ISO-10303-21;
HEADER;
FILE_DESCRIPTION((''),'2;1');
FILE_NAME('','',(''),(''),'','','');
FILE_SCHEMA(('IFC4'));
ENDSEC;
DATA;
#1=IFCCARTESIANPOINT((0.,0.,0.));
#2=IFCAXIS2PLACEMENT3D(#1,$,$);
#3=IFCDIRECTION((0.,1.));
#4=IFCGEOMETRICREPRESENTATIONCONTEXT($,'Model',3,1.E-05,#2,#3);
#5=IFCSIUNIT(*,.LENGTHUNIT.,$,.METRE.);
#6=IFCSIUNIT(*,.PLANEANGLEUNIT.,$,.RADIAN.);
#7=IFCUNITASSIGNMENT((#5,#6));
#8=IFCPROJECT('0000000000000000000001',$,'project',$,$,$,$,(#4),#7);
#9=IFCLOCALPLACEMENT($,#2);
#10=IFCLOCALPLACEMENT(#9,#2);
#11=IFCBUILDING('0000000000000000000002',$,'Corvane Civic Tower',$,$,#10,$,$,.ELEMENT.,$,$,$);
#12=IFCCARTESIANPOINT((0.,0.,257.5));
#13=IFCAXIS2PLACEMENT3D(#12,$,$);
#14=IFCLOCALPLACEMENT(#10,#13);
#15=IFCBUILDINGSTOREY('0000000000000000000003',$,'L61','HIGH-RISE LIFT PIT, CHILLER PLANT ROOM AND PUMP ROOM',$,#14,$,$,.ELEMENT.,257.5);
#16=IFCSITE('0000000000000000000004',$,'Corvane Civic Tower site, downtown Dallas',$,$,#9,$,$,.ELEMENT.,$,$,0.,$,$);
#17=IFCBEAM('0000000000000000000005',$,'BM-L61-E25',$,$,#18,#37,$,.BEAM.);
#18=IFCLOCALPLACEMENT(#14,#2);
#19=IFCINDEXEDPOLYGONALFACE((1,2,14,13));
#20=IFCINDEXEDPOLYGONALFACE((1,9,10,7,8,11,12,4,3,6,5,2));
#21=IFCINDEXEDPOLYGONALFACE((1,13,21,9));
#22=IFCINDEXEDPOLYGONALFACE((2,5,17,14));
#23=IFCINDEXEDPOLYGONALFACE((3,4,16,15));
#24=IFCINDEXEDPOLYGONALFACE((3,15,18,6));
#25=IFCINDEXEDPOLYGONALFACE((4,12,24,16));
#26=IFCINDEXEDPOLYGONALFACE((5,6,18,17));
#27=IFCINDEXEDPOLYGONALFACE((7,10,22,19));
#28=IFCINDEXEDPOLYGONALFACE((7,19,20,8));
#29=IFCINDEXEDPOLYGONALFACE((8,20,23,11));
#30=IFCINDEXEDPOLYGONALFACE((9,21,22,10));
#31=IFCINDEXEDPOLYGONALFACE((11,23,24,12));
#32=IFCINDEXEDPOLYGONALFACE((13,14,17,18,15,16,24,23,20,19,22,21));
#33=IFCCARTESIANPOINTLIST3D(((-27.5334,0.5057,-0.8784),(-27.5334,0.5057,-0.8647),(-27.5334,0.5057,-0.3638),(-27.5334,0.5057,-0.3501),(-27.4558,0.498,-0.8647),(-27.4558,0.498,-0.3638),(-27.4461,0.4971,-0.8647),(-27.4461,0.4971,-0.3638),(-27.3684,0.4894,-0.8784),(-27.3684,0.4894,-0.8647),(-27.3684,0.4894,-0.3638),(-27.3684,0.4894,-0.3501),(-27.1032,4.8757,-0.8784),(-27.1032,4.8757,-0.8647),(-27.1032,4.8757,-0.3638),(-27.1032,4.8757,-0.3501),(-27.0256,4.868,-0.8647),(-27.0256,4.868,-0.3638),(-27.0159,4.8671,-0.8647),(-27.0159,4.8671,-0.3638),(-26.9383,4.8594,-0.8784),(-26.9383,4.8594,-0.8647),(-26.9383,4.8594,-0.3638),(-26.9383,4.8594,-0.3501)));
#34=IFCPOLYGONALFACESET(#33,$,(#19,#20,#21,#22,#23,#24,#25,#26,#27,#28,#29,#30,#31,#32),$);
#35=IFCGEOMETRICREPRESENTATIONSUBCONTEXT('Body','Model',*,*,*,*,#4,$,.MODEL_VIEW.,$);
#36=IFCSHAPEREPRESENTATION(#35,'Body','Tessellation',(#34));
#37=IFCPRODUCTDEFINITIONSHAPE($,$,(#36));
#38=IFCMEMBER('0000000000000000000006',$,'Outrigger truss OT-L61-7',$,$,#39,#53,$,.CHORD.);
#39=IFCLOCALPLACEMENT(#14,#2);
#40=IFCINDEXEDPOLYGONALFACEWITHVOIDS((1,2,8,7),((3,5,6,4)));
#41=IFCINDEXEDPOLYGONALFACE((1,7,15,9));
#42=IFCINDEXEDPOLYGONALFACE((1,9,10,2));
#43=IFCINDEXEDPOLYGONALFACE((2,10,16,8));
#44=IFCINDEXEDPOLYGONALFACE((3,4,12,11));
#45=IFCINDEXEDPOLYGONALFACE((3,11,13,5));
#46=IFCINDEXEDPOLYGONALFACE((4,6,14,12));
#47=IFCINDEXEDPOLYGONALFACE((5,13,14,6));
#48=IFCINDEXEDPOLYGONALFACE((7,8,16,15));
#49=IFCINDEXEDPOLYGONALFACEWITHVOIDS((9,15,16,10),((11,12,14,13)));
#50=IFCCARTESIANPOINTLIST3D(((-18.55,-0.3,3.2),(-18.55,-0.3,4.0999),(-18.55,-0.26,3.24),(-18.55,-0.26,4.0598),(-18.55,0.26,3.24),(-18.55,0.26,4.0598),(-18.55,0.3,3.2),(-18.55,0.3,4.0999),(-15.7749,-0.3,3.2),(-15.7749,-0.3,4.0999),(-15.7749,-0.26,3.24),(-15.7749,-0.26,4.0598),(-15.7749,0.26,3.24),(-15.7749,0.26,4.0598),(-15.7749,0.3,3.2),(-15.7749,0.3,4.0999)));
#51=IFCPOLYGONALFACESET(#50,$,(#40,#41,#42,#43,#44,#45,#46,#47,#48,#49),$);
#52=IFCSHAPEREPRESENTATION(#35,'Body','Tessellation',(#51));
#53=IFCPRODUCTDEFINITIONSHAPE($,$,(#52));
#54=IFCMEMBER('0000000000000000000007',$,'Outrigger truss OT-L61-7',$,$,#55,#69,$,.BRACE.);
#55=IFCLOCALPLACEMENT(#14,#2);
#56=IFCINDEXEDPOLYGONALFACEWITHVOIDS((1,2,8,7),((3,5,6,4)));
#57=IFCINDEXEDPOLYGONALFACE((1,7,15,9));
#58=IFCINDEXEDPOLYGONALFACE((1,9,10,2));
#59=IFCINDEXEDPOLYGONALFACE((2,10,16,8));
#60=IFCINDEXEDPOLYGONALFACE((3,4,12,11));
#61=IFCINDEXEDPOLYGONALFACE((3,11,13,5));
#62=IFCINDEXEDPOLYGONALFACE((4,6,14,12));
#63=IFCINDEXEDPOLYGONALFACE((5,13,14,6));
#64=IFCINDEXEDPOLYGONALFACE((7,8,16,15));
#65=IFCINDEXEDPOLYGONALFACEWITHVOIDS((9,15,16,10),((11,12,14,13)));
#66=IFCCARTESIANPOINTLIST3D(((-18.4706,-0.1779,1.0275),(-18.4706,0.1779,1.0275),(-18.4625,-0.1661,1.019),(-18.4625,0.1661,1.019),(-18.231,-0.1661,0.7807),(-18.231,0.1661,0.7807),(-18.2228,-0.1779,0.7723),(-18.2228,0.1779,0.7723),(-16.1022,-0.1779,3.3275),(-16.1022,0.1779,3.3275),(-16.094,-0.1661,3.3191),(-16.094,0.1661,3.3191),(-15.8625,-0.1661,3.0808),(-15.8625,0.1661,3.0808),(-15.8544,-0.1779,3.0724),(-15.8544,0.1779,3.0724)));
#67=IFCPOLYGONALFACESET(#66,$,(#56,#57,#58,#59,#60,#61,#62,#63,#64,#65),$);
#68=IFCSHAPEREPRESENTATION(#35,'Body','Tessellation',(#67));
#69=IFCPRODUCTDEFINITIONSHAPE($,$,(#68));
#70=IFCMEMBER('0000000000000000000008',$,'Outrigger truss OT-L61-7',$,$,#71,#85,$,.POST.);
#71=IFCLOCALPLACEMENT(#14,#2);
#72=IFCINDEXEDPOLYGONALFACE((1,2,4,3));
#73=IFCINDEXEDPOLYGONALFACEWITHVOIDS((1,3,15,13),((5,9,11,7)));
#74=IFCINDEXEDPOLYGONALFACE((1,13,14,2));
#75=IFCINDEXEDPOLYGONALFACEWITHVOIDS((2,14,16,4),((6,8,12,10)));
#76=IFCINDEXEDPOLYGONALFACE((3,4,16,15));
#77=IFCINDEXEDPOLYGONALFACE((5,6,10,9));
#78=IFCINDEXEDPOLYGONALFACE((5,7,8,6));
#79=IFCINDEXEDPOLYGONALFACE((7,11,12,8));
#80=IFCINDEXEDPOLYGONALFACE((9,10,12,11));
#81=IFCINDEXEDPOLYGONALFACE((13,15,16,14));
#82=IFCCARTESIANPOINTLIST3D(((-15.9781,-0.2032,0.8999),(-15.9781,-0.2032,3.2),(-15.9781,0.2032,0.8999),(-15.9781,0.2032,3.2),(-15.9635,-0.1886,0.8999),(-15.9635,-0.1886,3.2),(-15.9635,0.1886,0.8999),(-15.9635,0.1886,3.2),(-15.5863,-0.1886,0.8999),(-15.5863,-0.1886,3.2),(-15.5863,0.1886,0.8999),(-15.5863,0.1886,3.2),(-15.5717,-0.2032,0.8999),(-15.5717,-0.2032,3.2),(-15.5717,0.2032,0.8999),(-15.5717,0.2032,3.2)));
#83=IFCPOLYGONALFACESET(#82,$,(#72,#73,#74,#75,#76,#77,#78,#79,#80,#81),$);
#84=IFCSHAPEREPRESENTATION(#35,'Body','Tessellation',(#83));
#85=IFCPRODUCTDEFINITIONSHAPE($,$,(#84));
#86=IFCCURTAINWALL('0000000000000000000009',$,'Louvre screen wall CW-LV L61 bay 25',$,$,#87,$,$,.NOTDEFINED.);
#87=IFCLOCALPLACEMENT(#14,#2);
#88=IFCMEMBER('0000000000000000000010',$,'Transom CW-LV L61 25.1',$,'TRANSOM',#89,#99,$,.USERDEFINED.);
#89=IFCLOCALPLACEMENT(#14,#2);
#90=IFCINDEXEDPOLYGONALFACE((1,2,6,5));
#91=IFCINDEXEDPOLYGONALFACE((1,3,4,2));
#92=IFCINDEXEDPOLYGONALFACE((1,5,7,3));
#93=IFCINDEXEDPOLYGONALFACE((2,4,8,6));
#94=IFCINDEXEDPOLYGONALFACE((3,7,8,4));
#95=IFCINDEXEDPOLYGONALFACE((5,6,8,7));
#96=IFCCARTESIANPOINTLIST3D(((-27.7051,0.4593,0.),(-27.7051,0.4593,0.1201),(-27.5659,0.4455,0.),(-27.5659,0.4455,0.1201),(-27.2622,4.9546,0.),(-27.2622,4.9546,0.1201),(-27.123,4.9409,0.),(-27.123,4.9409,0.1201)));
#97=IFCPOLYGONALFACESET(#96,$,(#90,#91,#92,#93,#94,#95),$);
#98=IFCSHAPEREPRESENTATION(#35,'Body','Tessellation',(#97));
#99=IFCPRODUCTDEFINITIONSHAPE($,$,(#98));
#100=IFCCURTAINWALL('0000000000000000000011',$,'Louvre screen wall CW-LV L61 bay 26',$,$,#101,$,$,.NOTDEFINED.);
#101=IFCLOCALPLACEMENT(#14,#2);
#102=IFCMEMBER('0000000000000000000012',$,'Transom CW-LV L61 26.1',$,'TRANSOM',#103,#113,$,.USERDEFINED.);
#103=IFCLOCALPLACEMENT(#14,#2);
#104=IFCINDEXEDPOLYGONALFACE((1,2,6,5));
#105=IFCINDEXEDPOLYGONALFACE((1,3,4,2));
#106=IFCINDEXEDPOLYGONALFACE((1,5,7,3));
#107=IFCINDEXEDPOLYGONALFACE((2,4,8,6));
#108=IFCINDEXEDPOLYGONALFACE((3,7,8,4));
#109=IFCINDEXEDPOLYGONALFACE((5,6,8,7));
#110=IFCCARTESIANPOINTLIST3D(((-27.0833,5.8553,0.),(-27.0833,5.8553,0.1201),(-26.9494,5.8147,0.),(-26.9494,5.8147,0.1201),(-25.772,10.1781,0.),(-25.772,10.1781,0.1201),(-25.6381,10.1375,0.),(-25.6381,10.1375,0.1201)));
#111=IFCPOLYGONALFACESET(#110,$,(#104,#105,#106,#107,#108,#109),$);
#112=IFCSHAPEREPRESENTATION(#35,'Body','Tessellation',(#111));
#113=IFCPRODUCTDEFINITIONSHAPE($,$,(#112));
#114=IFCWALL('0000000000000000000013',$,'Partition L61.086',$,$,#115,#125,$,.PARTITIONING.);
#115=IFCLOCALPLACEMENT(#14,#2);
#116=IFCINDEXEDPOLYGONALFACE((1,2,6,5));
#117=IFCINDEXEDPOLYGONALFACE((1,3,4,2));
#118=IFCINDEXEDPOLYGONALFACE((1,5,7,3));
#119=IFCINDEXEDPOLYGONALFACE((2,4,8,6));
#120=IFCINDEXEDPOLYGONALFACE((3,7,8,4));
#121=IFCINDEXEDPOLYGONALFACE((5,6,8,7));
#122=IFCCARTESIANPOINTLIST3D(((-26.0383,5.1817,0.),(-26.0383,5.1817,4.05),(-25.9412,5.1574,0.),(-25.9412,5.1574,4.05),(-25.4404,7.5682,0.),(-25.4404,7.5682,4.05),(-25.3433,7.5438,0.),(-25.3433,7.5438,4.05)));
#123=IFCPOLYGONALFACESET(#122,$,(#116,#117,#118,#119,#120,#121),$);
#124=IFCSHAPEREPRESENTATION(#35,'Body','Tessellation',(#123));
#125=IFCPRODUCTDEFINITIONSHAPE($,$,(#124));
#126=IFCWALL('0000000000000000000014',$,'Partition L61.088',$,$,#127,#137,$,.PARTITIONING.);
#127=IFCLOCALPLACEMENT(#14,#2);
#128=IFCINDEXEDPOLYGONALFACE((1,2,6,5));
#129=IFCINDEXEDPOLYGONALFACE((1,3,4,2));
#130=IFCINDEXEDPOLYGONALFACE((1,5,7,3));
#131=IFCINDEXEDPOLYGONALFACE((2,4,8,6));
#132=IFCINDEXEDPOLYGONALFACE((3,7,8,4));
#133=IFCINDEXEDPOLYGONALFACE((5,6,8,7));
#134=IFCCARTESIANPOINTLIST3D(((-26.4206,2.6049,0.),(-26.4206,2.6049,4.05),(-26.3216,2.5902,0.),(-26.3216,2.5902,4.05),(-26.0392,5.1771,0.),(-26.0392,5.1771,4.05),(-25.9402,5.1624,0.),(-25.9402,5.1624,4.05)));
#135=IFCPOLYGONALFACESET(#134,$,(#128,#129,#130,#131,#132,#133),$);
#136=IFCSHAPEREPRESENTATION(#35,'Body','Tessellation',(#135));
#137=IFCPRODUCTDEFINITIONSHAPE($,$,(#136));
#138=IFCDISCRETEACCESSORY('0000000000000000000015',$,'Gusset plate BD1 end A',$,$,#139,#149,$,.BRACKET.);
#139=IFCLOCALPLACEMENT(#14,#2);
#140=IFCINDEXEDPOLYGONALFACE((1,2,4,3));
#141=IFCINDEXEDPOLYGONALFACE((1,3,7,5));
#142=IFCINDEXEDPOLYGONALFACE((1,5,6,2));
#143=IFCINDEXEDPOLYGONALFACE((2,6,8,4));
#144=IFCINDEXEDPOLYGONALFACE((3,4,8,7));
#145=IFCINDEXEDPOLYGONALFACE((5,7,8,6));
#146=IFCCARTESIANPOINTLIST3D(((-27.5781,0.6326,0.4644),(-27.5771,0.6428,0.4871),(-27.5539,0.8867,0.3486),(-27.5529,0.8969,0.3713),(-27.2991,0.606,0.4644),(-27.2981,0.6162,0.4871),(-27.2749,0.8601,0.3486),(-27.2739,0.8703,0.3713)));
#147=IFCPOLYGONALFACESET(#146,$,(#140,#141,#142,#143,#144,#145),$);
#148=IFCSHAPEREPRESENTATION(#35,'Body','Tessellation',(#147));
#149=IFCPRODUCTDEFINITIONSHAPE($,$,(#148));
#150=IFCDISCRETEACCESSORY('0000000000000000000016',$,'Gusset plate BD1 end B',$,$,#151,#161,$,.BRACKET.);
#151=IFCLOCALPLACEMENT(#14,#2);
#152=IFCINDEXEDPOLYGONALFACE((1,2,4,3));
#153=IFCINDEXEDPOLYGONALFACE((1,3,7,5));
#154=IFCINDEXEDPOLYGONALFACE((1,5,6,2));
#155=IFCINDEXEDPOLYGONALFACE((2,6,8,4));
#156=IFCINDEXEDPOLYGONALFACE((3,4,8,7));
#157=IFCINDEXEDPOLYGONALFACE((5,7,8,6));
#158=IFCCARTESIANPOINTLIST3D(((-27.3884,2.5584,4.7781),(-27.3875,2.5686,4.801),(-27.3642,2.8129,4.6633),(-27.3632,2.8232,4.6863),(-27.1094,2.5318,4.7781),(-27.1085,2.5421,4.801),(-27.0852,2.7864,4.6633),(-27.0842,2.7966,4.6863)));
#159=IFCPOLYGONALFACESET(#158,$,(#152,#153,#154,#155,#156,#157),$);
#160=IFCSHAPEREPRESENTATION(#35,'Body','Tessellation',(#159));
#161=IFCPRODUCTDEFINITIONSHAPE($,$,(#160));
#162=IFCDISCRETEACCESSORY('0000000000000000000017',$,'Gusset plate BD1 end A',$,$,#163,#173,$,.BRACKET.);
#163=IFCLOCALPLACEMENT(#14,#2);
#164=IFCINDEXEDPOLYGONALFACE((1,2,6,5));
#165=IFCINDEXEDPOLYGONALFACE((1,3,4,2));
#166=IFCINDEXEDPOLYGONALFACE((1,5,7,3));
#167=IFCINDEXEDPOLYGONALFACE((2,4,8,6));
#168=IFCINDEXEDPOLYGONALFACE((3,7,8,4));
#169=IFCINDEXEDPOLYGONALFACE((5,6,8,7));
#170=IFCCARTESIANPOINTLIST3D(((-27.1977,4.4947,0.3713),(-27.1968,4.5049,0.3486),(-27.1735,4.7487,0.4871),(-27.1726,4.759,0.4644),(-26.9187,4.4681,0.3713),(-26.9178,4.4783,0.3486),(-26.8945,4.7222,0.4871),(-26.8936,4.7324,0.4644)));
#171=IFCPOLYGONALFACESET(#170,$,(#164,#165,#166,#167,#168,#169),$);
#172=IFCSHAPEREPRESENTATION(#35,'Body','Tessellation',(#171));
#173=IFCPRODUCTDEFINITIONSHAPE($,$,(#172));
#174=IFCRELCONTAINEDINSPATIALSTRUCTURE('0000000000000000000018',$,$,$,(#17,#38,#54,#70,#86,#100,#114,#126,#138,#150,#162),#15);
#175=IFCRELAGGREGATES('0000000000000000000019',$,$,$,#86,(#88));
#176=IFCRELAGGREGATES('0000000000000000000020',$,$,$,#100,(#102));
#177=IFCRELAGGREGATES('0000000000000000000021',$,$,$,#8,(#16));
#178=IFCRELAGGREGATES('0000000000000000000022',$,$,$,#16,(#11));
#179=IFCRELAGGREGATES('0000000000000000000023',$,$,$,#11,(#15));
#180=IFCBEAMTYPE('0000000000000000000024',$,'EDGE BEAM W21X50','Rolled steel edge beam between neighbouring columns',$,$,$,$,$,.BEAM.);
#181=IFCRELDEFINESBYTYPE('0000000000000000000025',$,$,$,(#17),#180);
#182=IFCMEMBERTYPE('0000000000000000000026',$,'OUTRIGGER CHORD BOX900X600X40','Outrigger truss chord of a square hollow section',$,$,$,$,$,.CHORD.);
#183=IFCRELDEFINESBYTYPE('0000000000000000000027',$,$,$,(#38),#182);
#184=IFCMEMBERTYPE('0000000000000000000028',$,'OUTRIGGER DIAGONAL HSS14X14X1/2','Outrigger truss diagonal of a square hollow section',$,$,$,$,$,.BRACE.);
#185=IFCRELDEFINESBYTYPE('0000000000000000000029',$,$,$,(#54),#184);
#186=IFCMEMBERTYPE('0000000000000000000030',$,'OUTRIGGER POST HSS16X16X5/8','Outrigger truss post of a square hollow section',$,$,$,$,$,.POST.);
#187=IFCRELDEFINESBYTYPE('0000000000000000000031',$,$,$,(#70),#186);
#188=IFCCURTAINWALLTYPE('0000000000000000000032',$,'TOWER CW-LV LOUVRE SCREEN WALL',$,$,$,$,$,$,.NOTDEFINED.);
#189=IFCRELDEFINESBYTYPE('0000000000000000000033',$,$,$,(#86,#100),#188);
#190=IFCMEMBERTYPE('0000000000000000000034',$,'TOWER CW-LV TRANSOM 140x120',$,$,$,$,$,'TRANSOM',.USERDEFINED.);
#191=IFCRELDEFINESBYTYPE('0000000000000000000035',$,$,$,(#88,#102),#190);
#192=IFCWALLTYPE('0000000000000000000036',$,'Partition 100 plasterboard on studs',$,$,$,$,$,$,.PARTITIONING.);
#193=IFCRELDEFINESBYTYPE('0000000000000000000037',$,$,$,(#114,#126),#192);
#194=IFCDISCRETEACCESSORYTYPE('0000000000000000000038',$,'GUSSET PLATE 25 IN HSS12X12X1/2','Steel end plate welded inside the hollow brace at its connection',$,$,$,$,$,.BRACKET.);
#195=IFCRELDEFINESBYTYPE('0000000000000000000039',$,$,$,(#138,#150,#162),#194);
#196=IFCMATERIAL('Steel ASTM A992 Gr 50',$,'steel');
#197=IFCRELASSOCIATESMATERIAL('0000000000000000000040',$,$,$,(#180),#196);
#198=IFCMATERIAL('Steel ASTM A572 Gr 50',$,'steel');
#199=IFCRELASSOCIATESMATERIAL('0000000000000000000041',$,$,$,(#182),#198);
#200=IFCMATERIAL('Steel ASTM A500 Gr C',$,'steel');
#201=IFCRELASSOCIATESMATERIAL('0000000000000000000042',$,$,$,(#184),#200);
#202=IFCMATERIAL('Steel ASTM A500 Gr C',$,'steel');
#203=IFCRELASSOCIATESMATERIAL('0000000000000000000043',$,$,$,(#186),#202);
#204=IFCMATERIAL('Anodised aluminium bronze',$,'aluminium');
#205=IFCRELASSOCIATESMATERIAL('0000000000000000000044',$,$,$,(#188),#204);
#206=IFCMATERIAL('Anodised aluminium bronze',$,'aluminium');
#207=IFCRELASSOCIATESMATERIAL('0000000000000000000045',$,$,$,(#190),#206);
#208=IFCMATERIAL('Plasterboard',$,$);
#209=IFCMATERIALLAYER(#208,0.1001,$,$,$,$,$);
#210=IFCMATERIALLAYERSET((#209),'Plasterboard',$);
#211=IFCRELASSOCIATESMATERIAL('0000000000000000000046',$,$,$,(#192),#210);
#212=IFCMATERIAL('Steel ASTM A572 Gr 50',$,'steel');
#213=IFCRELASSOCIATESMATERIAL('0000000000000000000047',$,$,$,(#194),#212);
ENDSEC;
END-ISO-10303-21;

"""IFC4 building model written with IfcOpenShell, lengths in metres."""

from ifc_helpers import new_model, si_unit, direction, frame, frame_2d, origin, origin_2d, place, context, subcontext, project, spatial, rectangle, hollow_rectangle, i_section, extrude, material, layer, layer_set, material_profile, profile_set, type_object, element, aggregate, save


model = new_model("IFC4")

# Units and contexts
model_context = context("Model", 3, precision=1e-05, world=origin(), true_north=direction((0.0, 1.0)))
body_context = subcontext(model_context, "Body", "Model", "MODEL_VIEW")
ifc_project = project(units=[si_unit("LENGTHUNIT", "METRE"), si_unit("PLANEANGLEUNIT", "RADIAN")], contexts=[model_context])

# Site, building, storey
site_placement = place(None, origin())
site = spatial("IfcSite", under=ifc_project, at=site_placement, Name="Corvane Civic Tower site, downtown Dallas", CompositionType="ELEMENT", RefElevation=0.0)
building_placement = place(site_placement, origin())
building = spatial("IfcBuilding", under=site, at=building_placement, Name="Corvane Civic Tower", CompositionType="ELEMENT")
storey_placement = place(building_placement, frame((0.0, 0.0, 257.5)))
storey = spatial("IfcBuildingStorey", under=building, at=storey_placement, Name="L61", Description="HIGH-RISE LIFT PIT, CHILLER PLANT ROOM AND PUMP ROOM", CompositionType="ELEMENT", Elevation=257.5)

# Beam
ifc_material_1 = material(Name="Steel ASTM A992 Gr 50", Category="steel")
ifc_material_profile_1 = material_profile(ifc_material_1, i_section(OverallWidth=0.1658, OverallDepth=0.5283, WebThickness=0.0098, FlangeThickness=0.0137, at=origin_2d()), Name="W21X50")
ifc_profile_set_1 = profile_set([ifc_material_profile_1], Name="Steel ASTM A992 Gr 50")
beam_type = type_object("IfcBeamType", Name="EDGE BEAM W21X50", Description="Rolled steel edge beam between neighbouring columns", PredefinedType="BEAM", material=ifc_profile_set_1)
beam_placement = place(storey_placement, frame((-27.4509, 0.4976, -0.6143), z_axis=(0.097968, 0.99519, 0.0), x_axis=(-0.99519, 0.097968, 0.0)))
element("IfcBeam", 1, at=beam_placement, inside=storey, type_object=beam_type, Name="BM-L61-E25", PredefinedType="BEAM", context=body_context, shape_type="SweptSolid", body=[
    extrude(i_section(OverallWidth=0.1658, OverallDepth=0.5283, WebThickness=0.0098, FlangeThickness=0.0137, at=origin_2d()), origin(), (0.0, 0.0, 1.0), 4.3911),
])

# Members
ifc_material_2 = material(Name="Steel ASTM A572 Gr 50", Category="steel")
ifc_material_profile_2 = material_profile(ifc_material_2, hollow_rectangle(XDim=0.6001, YDim=0.8999, WallThickness=0.04, at=origin_2d()), Name="BOX900X600X40")
ifc_profile_set_2 = profile_set([ifc_material_profile_2], Name="Steel ASTM A572 Gr 50")
member_type_1 = type_object("IfcMemberType", Name="OUTRIGGER CHORD BOX900X600X40", Description="Outrigger truss chord of a square hollow section", PredefinedType="CHORD", material=ifc_profile_set_2)
member_1_placement = place(storey_placement, frame((-15.7749, 0.0, 3.6499), z_axis=(-1.0, 0.0, 0.0), x_axis=(0.0, -1.0, 0.0)))
element("IfcMember", 2, at=member_1_placement, inside=storey, type_object=member_type_1, Name="Outrigger truss OT-L61-7", PredefinedType="CHORD", context=body_context, shape_type="SweptSolid", body=[
    extrude(hollow_rectangle(XDim=0.6001, YDim=0.8999, WallThickness=0.04, at=origin_2d()), origin(), (0.0, 0.0, 1.0), 2.7751),
])
ifc_material_3 = material(Name="Steel ASTM A500 Gr C", Category="steel")
ifc_material_profile_3 = material_profile(ifc_material_3, hollow_rectangle(XDim=0.3557, YDim=0.3557, WallThickness=0.0117, at=origin_2d()), Name="HSS14X14X1/2")
ifc_profile_set_3 = profile_set([ifc_material_profile_3], Name="Steel ASTM A500 Gr C")
member_type_2 = type_object("IfcMemberType", Name="OUTRIGGER DIAGONAL HSS14X14X1/2", Description="Outrigger truss diagonal of a square hollow section", PredefinedType="BRACE", material=ifc_profile_set_3)
member_2_placement = place(storey_placement, frame((-15.9783, 0.0, 3.2), z_axis=(-0.717384, 0.0, -0.696678), x_axis=(0.0, -1.0, 0.0)))
element("IfcMember", 3, at=member_2_placement, inside=storey, type_object=member_type_2, Name="Outrigger truss OT-L61-7", PredefinedType="BRACE", context=body_context, shape_type="SweptSolid", body=[
    extrude(hollow_rectangle(XDim=0.3557, YDim=0.3557, WallThickness=0.0117, at=origin_2d()), origin(), (0.0, 0.0, 1.0), 3.3015),
])
ifc_material_4 = material(Name="Steel ASTM A500 Gr C", Category="steel")
ifc_material_profile_4 = material_profile(ifc_material_4, hollow_rectangle(XDim=0.4065, YDim=0.4065, WallThickness=0.0146, at=origin_2d()), Name="HSS16X16X5/8")
ifc_profile_set_4 = profile_set([ifc_material_profile_4], Name="Steel ASTM A500 Gr C")
member_type_3 = type_object("IfcMemberType", Name="OUTRIGGER POST HSS16X16X5/8", Description="Outrigger truss post of a square hollow section", PredefinedType="POST", material=ifc_profile_set_4)
member_3_placement = place(storey_placement, frame((-15.7749, 0.0, 0.8999), z_axis=(0.0, 0.0, 1.0), x_axis=(1.0, 0.0, 0.0)))
element("IfcMember", 4, at=member_3_placement, inside=storey, type_object=member_type_3, Name="Outrigger truss OT-L61-7", PredefinedType="POST", context=body_context, shape_type="SweptSolid", body=[
    extrude(hollow_rectangle(XDim=0.4065, YDim=0.4065, WallThickness=0.0146, at=origin_2d()), origin(), (0.0, 0.0, 1.0), 2.3),
])

# Curtain walls, members
ifc_material_5 = material(Name="Anodised aluminium bronze", Category="aluminium")
curtain_wall_type = type_object("IfcCurtainWallType", Name="TOWER CW-LV LOUVRE SCREEN WALL", PredefinedType="NOTDEFINED", material=ifc_material_5)
curtain_wall_1_placement = place(storey_placement, origin())
curtain_wall_1 = element("IfcCurtainWall", 5, at=curtain_wall_1_placement, inside=storey, type_object=curtain_wall_type, Name="Louvre screen wall CW-LV L61 bay 25", PredefinedType="NOTDEFINED")
ifc_material_6 = material(Name="Anodised aluminium bronze", Category="aluminium")
ifc_material_profile_5 = material_profile(ifc_material_6, rectangle(XDim=0.1399, YDim=0.1201, at=origin_2d()), Name="TOWER CW-LV TRANSOM 140x120")
ifc_profile_set_5 = profile_set([ifc_material_profile_5], Name="Anodised aluminium bronze")
member_type_4 = type_object("IfcMemberType", Name="TOWER CW-LV TRANSOM 140x120", ElementType="TRANSOM", PredefinedType="USERDEFINED", material=ifc_profile_set_5)
member_4_placement = place(storey_placement, frame((-27.6355, 0.4524, 0.0601), z_axis=(0.098043, 0.995182, 0.0), x_axis=(-0.995182, 0.098043, 0.0)))
member_4 = element("IfcMember", 6, at=member_4_placement, type_object=member_type_4, Name="Transom CW-LV L61 25.1", ObjectType="TRANSOM", PredefinedType="USERDEFINED", context=body_context, shape_type="SweptSolid", body=[
    extrude(rectangle(XDim=0.1399, YDim=0.1201, at=origin_2d()), origin(), (0.0, 0.0, 1.0), 4.5171),
])
curtain_wall_2_placement = place(storey_placement, origin())
curtain_wall_2 = element("IfcCurtainWall", 7, at=curtain_wall_2_placement, inside=storey, type_object=curtain_wall_type, Name="Louvre screen wall CW-LV L61 bay 26", PredefinedType="NOTDEFINED")
member_5_placement = place(storey_placement, frame((-27.0164, 5.835, 0.0601), z_axis=(0.290282, 0.956941, 0.0), x_axis=(-0.956941, 0.290282, 0.0)))
member_5 = element("IfcMember", 8, at=member_5_placement, type_object=member_type_4, Name="Transom CW-LV L61 26.1", ObjectType="TRANSOM", PredefinedType="USERDEFINED", context=body_context, shape_type="SweptSolid", body=[
    extrude(rectangle(XDim=0.1399, YDim=0.1201, at=origin_2d()), origin(), (0.0, 0.0, 1.0), 4.5173),
])

# Walls
ifc_material_7 = material(Name="Plasterboard")
ifc_layer = layer(ifc_material_7, 0.1001)
ifc_layer_set = layer_set([ifc_layer], Name="Plasterboard")
wall_type = type_object("IfcWallType", Name="Partition 100 plasterboard on studs", PredefinedType="PARTITIONING", material=ifc_layer_set)
wall_1_placement = place(storey_placement, frame((-25.9897, 5.1697, 0.0), z_axis=(0.0, 0.0, 1.0), x_axis=(0.243026, 0.97002, 0.0)))
element("IfcWall", 9, at=wall_1_placement, inside=storey, type_object=wall_type, Name="Partition L61.086", PredefinedType="PARTITIONING", context=body_context, shape_type="SweptSolid", body=[
    extrude(rectangle(XDim=2.4602, YDim=0.1001, at=frame_2d((1.23, 0.0))), origin(), (0.0, 0.0, 1.0), 4.05),
])
wall_2_placement = place(storey_placement, frame((-26.3711, 2.5974, 0.0), z_axis=(0.0, 0.0, 1.0), x_axis=(0.146651, 0.989188, 0.0)))
element("IfcWall", 10, at=wall_2_placement, inside=storey, type_object=wall_type, Name="Partition L61.088", PredefinedType="PARTITIONING", context=body_context, shape_type="SweptSolid", body=[
    extrude(rectangle(XDim=2.6003, YDim=0.1001, at=frame_2d((1.3003, 0.0))), origin(), (0.0, 0.0, 1.0), 4.05),
])

aggregate(curtain_wall_1, [member_4])
aggregate(curtain_wall_2, [member_5])

# Discrete accessories
ifc_material_8 = material(Name="Steel ASTM A572 Gr 50", Category="steel")
ifc_material_profile_6 = material_profile(ifc_material_8, rectangle(XDim=0.2803, YDim=0.2803, at=origin_2d()), Name="GUSSET PLATE 25 IN HSS12X12X1/2")
ifc_profile_set_6 = profile_set([ifc_material_profile_6], Name="Steel ASTM A572 Gr 50")
discrete_accessory_type_1 = type_object("IfcDiscreteAccessoryType", Name="GUSSET PLATE 25 IN HSS12X12X1/2", Description="Steel end plate welded inside the hollow brace at its connection", PredefinedType="BRACKET", material=ifc_profile_set_6)
discrete_accessory_1_placement = place(storey_placement, frame((-27.4265, 0.7463, 0.4065), z_axis=(0.039169, 0.411271, 0.910671), x_axis=(-0.995495, 0.094809, 0.0)))
element("IfcDiscreteAccessory", 11, at=discrete_accessory_1_placement, inside=storey, type_object=discrete_accessory_type_1, Name="Gusset plate BD1 end A", PredefinedType="BRACKET", context=body_context, shape_type="SweptSolid", body=[
    extrude(rectangle(XDim=0.2803, YDim=0.2803, at=origin_2d()), origin(), (0.0, 0.0, 1.0), 0.0249),
])
discrete_accessory_2_placement = place(storey_placement, frame((-27.2358, 2.6826, 4.7437), z_axis=(-0.038822, -0.407633, -0.91232), x_axis=(0.995495, -0.094809, 0.0)))
element("IfcDiscreteAccessory", 12, at=discrete_accessory_2_placement, inside=storey, type_object=discrete_accessory_type_1, Name="Gusset plate BD1 end B", PredefinedType="BRACKET", context=body_context, shape_type="SweptSolid", body=[
    extrude(rectangle(XDim=0.2803, YDim=0.2803, at=origin_2d()), origin(), (0.0, 0.0, 1.0), 0.0251),
])
discrete_accessory_3_placement = place(storey_placement, frame((-27.0452, 4.6187, 0.4065), z_axis=(-0.039169, -0.411271, 0.910671), x_axis=(0.995495, -0.094809, 0.0)))
element("IfcDiscreteAccessory", 13, at=discrete_accessory_3_placement, inside=storey, type_object=discrete_accessory_type_1, Name="Gusset plate BD1 end A", PredefinedType="BRACKET", context=body_context, shape_type="SweptSolid", body=[
    extrude(rectangle(XDim=0.2803, YDim=0.2803, at=origin_2d()), origin(), (0.0, 0.0, 1.0), 0.0249),
])

save(model, "model.ifc")
